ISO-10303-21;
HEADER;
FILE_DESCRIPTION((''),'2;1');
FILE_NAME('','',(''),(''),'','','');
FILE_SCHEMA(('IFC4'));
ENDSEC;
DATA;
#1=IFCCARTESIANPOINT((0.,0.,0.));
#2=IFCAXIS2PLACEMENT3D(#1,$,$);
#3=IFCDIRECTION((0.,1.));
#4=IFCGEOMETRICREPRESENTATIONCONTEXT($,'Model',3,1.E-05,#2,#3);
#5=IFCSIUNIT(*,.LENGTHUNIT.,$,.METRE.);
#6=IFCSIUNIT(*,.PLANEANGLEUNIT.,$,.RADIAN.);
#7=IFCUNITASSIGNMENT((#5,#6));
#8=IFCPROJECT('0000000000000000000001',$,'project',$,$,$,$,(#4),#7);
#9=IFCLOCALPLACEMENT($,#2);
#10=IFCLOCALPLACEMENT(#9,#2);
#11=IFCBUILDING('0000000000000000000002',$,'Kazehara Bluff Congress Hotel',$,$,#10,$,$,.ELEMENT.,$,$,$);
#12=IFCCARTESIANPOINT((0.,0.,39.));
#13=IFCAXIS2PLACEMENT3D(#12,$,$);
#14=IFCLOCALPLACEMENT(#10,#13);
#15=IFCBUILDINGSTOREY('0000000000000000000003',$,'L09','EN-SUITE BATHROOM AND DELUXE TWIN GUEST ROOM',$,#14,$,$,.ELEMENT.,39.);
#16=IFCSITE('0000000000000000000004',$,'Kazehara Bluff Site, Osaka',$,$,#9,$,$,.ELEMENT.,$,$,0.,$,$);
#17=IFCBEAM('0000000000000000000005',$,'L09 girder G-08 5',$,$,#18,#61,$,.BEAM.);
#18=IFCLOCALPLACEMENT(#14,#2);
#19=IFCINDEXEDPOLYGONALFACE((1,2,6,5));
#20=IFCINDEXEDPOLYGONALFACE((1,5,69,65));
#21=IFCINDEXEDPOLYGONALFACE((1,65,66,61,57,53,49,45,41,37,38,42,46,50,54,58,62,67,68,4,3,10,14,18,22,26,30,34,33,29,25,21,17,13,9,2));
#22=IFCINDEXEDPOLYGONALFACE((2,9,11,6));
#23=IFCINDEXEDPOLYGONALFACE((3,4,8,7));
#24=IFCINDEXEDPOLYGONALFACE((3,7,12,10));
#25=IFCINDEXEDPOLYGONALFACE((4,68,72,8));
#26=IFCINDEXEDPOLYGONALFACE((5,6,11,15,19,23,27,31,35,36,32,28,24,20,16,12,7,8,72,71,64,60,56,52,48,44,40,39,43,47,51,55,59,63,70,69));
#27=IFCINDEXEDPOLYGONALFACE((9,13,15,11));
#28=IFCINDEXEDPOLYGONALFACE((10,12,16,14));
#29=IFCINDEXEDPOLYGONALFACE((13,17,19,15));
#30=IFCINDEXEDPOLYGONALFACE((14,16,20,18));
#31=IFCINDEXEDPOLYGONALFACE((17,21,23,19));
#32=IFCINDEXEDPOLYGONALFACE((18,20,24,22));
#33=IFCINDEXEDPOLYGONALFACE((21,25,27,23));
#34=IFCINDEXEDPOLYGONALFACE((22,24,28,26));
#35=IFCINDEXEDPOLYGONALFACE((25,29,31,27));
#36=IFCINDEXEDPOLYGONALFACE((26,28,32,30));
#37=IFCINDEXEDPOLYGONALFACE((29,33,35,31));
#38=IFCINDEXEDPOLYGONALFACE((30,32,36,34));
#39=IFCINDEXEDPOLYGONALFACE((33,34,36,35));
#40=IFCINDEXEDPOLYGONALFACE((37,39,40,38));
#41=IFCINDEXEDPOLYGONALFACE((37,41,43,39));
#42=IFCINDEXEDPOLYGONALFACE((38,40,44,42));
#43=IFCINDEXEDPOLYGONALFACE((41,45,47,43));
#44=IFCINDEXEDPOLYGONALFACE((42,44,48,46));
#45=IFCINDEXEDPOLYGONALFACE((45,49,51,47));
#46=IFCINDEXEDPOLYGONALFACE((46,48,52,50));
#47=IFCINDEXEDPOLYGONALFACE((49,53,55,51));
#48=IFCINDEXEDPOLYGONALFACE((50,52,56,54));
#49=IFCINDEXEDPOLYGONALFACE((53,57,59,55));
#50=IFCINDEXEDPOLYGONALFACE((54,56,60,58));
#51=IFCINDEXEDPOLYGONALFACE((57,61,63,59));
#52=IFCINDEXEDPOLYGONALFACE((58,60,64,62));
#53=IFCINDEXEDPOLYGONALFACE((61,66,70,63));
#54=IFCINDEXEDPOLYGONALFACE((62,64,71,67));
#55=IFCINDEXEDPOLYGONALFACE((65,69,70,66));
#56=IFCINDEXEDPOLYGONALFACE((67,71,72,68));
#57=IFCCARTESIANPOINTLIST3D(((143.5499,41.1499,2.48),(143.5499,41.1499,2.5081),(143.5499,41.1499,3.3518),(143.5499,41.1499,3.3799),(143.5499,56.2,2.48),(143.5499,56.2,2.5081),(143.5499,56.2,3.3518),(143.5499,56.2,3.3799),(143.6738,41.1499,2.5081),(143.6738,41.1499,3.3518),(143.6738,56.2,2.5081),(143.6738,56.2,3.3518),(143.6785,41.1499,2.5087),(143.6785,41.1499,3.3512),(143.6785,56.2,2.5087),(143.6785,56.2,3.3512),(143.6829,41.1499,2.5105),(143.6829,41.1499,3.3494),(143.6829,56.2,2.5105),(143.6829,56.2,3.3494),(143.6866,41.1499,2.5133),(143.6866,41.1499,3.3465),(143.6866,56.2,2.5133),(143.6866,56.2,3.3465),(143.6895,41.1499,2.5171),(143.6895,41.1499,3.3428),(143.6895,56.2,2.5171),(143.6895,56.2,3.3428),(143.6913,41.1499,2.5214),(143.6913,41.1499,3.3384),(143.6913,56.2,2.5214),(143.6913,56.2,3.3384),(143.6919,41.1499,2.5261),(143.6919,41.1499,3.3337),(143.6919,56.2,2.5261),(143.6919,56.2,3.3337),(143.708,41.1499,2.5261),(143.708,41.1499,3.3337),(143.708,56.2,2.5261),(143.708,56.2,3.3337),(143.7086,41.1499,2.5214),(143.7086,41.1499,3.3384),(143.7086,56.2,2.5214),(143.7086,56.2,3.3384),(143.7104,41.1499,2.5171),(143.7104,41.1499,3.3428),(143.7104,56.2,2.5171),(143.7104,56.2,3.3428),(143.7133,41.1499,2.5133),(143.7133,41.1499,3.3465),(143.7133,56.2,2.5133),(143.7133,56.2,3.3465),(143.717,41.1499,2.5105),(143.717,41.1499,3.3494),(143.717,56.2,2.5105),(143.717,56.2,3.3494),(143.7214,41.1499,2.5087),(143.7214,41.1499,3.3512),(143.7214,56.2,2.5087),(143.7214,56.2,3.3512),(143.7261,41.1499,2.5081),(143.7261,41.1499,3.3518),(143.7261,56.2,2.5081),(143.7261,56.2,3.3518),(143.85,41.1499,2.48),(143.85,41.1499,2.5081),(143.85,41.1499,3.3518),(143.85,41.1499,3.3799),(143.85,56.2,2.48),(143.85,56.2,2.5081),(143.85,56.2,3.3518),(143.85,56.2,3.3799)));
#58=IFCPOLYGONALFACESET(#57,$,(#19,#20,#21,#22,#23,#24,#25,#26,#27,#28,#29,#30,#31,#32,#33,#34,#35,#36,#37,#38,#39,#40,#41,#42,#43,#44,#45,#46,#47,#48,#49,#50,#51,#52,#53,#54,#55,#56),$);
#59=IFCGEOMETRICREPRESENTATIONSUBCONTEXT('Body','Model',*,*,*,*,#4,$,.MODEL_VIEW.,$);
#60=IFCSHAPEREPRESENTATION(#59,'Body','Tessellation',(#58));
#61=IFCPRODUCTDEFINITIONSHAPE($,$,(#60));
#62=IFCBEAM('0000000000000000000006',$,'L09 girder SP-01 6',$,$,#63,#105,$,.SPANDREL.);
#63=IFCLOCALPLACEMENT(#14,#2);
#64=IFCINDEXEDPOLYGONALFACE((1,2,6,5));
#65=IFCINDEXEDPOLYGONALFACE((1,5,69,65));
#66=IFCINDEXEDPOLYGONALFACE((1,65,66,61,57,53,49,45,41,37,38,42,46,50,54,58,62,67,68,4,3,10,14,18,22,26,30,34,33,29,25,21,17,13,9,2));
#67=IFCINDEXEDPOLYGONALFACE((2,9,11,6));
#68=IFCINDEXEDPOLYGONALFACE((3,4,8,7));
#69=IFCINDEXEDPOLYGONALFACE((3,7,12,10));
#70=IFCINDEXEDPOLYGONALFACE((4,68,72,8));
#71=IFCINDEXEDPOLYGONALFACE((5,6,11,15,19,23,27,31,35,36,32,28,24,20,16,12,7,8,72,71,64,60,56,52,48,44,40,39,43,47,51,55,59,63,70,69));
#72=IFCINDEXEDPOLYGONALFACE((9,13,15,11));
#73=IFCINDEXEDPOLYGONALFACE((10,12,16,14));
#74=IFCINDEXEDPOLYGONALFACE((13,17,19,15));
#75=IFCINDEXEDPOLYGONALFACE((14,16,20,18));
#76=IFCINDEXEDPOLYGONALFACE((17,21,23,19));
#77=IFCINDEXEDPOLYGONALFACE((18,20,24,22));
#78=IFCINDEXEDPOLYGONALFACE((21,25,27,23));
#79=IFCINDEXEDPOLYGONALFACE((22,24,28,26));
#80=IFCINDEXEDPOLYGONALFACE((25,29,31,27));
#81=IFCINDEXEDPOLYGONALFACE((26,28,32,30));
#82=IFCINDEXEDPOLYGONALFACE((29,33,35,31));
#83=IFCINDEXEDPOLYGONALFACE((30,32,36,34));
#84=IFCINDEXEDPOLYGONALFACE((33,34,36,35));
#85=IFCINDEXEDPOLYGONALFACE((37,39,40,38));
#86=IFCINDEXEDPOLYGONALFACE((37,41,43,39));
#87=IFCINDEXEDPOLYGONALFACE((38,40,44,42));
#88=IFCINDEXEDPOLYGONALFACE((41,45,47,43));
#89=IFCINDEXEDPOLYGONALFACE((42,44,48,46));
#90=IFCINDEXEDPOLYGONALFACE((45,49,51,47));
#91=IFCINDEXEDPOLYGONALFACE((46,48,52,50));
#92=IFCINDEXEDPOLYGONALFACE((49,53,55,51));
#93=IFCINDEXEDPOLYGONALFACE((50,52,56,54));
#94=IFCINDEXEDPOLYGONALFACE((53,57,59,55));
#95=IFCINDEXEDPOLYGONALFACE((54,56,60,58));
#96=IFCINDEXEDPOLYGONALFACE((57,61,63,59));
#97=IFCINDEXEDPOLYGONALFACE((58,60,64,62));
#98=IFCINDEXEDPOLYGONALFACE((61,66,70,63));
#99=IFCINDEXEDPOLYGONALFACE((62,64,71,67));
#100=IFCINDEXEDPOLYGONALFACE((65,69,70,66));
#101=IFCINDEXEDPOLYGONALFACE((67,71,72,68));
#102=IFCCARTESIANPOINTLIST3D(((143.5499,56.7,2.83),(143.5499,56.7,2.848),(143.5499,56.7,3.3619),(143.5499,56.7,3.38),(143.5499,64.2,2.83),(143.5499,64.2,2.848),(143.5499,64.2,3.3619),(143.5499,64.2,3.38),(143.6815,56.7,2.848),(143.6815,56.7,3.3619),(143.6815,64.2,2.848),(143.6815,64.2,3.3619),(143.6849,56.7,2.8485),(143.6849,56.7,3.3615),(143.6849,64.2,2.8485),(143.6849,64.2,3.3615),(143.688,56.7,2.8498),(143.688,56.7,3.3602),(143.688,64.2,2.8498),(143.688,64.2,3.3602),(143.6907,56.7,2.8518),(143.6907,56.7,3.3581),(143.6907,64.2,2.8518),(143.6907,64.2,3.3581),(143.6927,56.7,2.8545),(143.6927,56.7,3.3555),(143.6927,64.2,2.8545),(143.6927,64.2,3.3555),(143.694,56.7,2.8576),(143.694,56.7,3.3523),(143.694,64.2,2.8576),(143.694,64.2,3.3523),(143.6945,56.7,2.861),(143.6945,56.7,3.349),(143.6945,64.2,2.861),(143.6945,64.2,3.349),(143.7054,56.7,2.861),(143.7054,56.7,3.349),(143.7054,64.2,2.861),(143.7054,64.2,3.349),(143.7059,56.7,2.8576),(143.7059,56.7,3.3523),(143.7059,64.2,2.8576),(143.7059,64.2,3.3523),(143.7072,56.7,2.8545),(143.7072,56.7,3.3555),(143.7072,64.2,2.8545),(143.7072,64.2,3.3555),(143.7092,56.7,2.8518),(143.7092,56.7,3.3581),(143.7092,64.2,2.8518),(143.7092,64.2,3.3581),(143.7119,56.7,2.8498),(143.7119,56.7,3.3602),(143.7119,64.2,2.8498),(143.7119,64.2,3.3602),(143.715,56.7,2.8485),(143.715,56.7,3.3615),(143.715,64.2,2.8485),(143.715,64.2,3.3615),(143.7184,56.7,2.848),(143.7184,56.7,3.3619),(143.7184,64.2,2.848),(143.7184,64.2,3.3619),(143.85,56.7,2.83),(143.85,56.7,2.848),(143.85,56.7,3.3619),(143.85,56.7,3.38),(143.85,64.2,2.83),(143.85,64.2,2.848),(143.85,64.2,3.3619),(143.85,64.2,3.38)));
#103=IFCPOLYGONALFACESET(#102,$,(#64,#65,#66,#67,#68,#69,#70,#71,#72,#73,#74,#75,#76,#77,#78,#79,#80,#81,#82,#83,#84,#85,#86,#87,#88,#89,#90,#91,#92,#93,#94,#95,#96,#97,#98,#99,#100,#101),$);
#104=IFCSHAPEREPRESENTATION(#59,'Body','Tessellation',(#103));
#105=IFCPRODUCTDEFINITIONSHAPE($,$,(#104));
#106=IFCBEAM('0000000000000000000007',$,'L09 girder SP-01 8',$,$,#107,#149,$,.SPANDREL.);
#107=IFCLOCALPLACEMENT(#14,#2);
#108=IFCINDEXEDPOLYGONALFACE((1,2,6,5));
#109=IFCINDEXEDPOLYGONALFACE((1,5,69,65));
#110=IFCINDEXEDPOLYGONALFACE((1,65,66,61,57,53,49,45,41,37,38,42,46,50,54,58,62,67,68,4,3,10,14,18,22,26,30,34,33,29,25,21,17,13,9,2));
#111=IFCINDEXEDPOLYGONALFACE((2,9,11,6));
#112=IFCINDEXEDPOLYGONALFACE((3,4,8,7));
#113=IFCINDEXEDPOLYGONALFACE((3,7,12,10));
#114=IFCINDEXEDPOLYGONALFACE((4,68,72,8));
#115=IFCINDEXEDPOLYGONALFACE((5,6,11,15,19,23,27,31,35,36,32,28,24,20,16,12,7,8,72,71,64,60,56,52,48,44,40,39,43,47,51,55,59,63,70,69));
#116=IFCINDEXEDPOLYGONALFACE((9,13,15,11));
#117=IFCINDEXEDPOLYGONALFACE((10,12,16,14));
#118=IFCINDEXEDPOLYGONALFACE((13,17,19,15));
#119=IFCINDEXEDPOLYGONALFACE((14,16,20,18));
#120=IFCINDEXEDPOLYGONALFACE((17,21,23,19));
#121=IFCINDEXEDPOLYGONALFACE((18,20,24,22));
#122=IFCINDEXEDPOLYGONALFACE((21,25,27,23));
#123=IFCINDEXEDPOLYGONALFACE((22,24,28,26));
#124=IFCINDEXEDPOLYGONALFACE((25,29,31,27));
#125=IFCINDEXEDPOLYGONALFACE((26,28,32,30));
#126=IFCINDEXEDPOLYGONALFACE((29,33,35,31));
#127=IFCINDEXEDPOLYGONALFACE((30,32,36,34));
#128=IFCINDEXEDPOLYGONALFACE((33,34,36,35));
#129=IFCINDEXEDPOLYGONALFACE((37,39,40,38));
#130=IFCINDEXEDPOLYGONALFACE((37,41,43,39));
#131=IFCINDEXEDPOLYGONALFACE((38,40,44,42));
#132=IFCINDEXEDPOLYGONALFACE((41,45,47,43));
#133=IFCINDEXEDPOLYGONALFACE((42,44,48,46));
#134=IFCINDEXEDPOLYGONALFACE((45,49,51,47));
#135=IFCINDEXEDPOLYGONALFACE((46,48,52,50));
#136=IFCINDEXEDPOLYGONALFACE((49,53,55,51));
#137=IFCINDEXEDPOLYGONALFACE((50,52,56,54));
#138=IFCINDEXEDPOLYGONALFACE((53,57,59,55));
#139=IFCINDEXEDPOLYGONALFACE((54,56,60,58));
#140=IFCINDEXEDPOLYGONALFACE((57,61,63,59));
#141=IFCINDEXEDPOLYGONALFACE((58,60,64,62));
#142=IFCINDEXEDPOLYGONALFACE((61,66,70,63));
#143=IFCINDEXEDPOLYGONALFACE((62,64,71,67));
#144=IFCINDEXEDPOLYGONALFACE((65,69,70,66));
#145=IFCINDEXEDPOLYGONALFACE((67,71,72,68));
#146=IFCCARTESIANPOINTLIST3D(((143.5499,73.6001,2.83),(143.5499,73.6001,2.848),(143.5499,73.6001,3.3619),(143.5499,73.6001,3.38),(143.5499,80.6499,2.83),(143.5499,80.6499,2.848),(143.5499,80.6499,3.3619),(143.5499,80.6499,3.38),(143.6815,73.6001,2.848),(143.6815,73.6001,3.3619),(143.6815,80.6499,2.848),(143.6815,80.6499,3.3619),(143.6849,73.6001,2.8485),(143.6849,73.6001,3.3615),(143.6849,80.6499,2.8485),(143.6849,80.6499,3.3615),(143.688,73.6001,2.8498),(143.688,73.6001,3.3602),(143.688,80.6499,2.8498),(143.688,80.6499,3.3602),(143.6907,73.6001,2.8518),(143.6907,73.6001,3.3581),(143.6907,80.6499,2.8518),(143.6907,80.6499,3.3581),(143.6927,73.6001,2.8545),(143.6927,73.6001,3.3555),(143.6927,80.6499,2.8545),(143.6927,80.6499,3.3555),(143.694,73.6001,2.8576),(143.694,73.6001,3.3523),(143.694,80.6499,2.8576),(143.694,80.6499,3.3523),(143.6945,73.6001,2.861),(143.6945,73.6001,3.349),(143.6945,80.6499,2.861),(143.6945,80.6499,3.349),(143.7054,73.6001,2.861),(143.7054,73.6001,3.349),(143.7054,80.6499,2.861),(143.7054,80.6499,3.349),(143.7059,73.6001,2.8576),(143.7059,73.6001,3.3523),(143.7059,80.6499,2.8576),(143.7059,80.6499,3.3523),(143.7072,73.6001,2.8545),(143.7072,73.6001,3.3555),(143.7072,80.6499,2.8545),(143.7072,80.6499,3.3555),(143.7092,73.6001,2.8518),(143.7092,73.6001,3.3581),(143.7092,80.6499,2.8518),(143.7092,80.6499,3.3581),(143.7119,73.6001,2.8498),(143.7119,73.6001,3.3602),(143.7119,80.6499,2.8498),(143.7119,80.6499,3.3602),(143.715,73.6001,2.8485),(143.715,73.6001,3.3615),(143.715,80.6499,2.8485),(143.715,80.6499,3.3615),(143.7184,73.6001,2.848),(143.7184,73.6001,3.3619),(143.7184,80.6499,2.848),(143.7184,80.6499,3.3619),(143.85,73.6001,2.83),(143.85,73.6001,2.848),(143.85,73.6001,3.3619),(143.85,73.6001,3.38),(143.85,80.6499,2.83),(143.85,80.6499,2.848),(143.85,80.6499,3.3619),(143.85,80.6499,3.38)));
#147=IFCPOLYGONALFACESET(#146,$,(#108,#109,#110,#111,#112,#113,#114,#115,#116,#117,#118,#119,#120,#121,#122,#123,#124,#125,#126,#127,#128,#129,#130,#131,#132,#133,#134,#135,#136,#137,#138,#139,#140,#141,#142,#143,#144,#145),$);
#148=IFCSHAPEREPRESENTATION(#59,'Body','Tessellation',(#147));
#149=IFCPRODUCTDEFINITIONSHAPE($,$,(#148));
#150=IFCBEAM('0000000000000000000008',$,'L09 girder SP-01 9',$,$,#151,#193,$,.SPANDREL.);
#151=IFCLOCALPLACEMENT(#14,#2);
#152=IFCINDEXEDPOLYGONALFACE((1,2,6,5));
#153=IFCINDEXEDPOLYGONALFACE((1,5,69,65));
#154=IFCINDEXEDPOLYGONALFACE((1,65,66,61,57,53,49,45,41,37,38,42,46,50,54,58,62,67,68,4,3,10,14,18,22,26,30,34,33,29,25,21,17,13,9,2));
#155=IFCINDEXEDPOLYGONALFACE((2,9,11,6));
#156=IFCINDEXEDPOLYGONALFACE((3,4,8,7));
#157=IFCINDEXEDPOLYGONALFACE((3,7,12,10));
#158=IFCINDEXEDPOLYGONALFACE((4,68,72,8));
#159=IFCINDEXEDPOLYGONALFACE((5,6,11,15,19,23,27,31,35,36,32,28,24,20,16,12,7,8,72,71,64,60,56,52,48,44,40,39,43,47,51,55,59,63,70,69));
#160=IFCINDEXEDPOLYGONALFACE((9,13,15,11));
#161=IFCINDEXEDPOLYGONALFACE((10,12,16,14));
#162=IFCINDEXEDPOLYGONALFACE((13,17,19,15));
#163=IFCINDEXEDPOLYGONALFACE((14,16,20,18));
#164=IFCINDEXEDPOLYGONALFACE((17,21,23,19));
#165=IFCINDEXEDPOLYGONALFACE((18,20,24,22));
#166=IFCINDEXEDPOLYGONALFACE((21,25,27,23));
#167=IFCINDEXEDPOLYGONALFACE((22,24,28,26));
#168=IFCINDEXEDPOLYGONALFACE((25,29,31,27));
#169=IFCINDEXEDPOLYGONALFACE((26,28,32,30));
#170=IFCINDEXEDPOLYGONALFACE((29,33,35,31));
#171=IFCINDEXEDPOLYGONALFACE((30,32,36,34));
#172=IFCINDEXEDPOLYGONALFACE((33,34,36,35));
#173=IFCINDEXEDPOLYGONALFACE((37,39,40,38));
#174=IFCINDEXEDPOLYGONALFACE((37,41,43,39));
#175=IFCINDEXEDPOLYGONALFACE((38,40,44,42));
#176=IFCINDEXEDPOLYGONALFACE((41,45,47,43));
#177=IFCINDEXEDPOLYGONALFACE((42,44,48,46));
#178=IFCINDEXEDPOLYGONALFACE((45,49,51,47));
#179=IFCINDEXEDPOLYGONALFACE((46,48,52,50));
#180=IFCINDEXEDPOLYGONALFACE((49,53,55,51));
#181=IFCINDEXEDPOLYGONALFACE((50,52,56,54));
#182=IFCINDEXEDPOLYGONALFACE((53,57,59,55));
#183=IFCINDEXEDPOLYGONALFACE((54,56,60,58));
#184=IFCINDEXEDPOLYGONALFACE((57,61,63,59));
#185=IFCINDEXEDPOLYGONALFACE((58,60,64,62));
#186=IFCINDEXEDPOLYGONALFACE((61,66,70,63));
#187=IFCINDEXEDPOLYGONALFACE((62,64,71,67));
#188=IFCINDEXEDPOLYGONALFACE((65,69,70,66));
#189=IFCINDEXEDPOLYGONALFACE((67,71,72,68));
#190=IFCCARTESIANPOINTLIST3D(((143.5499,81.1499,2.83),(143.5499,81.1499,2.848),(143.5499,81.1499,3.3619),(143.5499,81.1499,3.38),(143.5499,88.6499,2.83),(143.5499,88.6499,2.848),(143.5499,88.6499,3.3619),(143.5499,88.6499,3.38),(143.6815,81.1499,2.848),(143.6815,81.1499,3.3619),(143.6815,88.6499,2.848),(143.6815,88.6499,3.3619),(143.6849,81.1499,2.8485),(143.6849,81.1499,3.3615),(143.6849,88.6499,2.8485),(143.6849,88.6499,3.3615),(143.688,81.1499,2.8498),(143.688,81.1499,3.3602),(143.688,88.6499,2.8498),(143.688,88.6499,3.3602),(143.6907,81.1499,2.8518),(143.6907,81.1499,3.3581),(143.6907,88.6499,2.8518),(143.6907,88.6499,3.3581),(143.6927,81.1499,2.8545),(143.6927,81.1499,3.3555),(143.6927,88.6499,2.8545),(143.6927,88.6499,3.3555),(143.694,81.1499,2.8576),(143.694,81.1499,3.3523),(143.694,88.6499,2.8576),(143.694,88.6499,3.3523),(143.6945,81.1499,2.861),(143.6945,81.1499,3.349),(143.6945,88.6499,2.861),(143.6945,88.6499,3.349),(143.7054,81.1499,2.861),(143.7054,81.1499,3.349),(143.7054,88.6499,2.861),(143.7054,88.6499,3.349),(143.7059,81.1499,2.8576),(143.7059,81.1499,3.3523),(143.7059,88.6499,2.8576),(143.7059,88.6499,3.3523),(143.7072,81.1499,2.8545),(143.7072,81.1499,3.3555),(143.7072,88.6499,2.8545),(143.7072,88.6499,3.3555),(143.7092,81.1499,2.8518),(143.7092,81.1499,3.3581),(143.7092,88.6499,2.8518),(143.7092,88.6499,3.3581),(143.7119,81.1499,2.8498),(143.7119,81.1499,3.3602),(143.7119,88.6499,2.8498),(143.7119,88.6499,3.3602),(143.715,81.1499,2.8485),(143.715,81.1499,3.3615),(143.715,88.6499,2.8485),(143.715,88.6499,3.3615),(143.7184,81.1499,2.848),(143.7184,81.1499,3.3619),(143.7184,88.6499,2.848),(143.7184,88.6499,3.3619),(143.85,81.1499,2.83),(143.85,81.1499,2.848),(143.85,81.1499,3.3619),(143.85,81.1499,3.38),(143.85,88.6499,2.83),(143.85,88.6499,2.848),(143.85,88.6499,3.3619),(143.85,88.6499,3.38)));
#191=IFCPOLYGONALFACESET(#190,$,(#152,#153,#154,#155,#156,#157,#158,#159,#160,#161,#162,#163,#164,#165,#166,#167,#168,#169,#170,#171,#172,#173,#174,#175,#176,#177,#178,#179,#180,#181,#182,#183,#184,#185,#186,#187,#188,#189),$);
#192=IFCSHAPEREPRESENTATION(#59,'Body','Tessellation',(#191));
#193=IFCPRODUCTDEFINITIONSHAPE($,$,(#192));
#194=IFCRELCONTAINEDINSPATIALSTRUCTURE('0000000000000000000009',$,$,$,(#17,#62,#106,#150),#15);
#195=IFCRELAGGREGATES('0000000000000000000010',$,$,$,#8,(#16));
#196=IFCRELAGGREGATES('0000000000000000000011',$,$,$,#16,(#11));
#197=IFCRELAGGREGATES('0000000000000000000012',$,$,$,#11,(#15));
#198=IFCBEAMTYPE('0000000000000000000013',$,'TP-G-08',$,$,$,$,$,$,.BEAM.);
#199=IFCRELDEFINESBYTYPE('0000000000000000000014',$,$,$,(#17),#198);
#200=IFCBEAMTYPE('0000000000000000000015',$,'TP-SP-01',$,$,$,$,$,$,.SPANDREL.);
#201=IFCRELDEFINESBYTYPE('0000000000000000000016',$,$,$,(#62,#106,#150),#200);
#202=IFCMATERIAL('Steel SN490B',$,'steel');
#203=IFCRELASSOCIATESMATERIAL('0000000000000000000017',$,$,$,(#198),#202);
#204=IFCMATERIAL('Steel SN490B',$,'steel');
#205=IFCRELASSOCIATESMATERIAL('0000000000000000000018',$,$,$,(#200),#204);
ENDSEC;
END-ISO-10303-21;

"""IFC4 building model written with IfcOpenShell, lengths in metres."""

from ifc_helpers import new_model, si_unit, direction, frame, origin, origin_2d, place, context, subcontext, project, spatial, i_section, extrude, material, material_profile, profile_set, type_object, element, save


model = new_model("IFC4")

# Units and contexts
model_context = context("Model", 3, precision=1e-05, world=origin(), true_north=direction((0.0, 1.0)))
body_context = subcontext(model_context, "Body", "Model", "MODEL_VIEW")
ifc_project = project(units=[si_unit("LENGTHUNIT", "METRE"), si_unit("PLANEANGLEUNIT", "RADIAN")], contexts=[model_context])

# Site, building, storey
site_placement = place(None, origin())
site = spatial("IfcSite", under=ifc_project, at=site_placement, Name="Kazehara Bluff Site, Osaka", CompositionType="ELEMENT", RefElevation=0.0)
building_placement = place(site_placement, origin())
building = spatial("IfcBuilding", under=site, at=building_placement, Name="Kazehara Bluff Congress Hotel", CompositionType="ELEMENT")
storey_placement = place(building_placement, frame((0.0, 0.0, 39.0)))
storey = spatial("IfcBuildingStorey", under=building, at=storey_placement, Name="L09", Description="EN-SUITE BATHROOM AND DELUXE TWIN GUEST ROOM", CompositionType="ELEMENT", Elevation=39.0)

# Beams
ifc_material_1 = material(Name="Steel SN490B", Category="steel")
ifc_material_profile_1 = material_profile(ifc_material_1, i_section(OverallWidth=0.3, OverallDepth=0.8999, WebThickness=0.0161, FlangeThickness=0.0281, FilletRadius=0.0181, at=origin_2d()))
ifc_profile_set_1 = profile_set([ifc_material_profile_1], Name="Steel SN490B")
beam_type_1 = type_object("IfcBeamType", Name="TP-G-08", PredefinedType="BEAM", material=ifc_profile_set_1)
beam_1_placement = place(storey_placement, frame((143.7, 41.1499, 2.9299), z_axis=(0.0, 1.0, 0.0), x_axis=(-1.0, 0.0, 0.0)))
element("IfcBeam", 1, at=beam_1_placement, inside=storey, type_object=beam_type_1, Name="L09 girder G-08 5", PredefinedType="BEAM", context=body_context, shape_type="SweptSolid", body=[
    extrude(i_section(OverallWidth=0.3, OverallDepth=0.8999, WebThickness=0.0161, FlangeThickness=0.0281, FilletRadius=0.0181, at=origin_2d()), origin(), (0.0, 0.0, 1.0), 15.05),
])
ifc_material_2 = material(Name="Steel SN490B", Category="steel")
ifc_material_profile_2 = material_profile(ifc_material_2, i_section(OverallWidth=0.3, OverallDepth=0.55, WebThickness=0.011, FlangeThickness=0.0181, FilletRadius=0.0129, at=origin_2d()))
ifc_profile_set_2 = profile_set([ifc_material_profile_2], Name="Steel SN490B")
beam_type_2 = type_object("IfcBeamType", Name="TP-SP-01", PredefinedType="SPANDREL", material=ifc_profile_set_2)
beam_2_placement = place(storey_placement, frame((143.7, 56.7, 3.105), z_axis=(0.0, 1.0, 0.0), x_axis=(-1.0, 0.0, 0.0)))
element("IfcBeam", 2, at=beam_2_placement, inside=storey, type_object=beam_type_2, Name="L09 girder SP-01 6", PredefinedType="SPANDREL", context=body_context, shape_type="SweptSolid", body=[
    extrude(i_section(OverallWidth=0.3, OverallDepth=0.55, WebThickness=0.011, FlangeThickness=0.0181, FilletRadius=0.0129, at=origin_2d()), origin(), (0.0, 0.0, 1.0), 7.5),
])
beam_3_placement = place(storey_placement, frame((143.7, 73.6001, 3.105), z_axis=(0.0, 1.0, 0.0), x_axis=(-1.0, 0.0, 0.0)))
element("IfcBeam", 3, at=beam_3_placement, inside=storey, type_object=beam_type_2, Name="L09 girder SP-01 8", PredefinedType="SPANDREL", context=body_context, shape_type="SweptSolid", body=[
    extrude(i_section(OverallWidth=0.3, OverallDepth=0.55, WebThickness=0.011, FlangeThickness=0.0181, FilletRadius=0.0129, at=origin_2d()), origin(), (0.0, 0.0, 1.0), 7.0498),
])
for number, where, z_axis, x_axis, name in (
    (4, (143.7, 81.1499, 3.105), (0.0, 1.0, 0.0), (-1.0, 0.0, 0.0), "L09 girder SP-01 9"),
):
    element("IfcBeam", number, at=place(storey_placement, frame(where, z_axis=z_axis, x_axis=x_axis)), inside=storey, type_object=beam_type_2, Name=name, PredefinedType="SPANDREL", context=body_context, shape_type="SweptSolid", body=[
        extrude(i_section(OverallWidth=0.3, OverallDepth=0.55, WebThickness=0.011, FlangeThickness=0.0181, FilletRadius=0.0129, at=origin_2d()), origin(), (0.0, 0.0, 1.0), 7.5),
    ])

save(model, "model.ifc")
